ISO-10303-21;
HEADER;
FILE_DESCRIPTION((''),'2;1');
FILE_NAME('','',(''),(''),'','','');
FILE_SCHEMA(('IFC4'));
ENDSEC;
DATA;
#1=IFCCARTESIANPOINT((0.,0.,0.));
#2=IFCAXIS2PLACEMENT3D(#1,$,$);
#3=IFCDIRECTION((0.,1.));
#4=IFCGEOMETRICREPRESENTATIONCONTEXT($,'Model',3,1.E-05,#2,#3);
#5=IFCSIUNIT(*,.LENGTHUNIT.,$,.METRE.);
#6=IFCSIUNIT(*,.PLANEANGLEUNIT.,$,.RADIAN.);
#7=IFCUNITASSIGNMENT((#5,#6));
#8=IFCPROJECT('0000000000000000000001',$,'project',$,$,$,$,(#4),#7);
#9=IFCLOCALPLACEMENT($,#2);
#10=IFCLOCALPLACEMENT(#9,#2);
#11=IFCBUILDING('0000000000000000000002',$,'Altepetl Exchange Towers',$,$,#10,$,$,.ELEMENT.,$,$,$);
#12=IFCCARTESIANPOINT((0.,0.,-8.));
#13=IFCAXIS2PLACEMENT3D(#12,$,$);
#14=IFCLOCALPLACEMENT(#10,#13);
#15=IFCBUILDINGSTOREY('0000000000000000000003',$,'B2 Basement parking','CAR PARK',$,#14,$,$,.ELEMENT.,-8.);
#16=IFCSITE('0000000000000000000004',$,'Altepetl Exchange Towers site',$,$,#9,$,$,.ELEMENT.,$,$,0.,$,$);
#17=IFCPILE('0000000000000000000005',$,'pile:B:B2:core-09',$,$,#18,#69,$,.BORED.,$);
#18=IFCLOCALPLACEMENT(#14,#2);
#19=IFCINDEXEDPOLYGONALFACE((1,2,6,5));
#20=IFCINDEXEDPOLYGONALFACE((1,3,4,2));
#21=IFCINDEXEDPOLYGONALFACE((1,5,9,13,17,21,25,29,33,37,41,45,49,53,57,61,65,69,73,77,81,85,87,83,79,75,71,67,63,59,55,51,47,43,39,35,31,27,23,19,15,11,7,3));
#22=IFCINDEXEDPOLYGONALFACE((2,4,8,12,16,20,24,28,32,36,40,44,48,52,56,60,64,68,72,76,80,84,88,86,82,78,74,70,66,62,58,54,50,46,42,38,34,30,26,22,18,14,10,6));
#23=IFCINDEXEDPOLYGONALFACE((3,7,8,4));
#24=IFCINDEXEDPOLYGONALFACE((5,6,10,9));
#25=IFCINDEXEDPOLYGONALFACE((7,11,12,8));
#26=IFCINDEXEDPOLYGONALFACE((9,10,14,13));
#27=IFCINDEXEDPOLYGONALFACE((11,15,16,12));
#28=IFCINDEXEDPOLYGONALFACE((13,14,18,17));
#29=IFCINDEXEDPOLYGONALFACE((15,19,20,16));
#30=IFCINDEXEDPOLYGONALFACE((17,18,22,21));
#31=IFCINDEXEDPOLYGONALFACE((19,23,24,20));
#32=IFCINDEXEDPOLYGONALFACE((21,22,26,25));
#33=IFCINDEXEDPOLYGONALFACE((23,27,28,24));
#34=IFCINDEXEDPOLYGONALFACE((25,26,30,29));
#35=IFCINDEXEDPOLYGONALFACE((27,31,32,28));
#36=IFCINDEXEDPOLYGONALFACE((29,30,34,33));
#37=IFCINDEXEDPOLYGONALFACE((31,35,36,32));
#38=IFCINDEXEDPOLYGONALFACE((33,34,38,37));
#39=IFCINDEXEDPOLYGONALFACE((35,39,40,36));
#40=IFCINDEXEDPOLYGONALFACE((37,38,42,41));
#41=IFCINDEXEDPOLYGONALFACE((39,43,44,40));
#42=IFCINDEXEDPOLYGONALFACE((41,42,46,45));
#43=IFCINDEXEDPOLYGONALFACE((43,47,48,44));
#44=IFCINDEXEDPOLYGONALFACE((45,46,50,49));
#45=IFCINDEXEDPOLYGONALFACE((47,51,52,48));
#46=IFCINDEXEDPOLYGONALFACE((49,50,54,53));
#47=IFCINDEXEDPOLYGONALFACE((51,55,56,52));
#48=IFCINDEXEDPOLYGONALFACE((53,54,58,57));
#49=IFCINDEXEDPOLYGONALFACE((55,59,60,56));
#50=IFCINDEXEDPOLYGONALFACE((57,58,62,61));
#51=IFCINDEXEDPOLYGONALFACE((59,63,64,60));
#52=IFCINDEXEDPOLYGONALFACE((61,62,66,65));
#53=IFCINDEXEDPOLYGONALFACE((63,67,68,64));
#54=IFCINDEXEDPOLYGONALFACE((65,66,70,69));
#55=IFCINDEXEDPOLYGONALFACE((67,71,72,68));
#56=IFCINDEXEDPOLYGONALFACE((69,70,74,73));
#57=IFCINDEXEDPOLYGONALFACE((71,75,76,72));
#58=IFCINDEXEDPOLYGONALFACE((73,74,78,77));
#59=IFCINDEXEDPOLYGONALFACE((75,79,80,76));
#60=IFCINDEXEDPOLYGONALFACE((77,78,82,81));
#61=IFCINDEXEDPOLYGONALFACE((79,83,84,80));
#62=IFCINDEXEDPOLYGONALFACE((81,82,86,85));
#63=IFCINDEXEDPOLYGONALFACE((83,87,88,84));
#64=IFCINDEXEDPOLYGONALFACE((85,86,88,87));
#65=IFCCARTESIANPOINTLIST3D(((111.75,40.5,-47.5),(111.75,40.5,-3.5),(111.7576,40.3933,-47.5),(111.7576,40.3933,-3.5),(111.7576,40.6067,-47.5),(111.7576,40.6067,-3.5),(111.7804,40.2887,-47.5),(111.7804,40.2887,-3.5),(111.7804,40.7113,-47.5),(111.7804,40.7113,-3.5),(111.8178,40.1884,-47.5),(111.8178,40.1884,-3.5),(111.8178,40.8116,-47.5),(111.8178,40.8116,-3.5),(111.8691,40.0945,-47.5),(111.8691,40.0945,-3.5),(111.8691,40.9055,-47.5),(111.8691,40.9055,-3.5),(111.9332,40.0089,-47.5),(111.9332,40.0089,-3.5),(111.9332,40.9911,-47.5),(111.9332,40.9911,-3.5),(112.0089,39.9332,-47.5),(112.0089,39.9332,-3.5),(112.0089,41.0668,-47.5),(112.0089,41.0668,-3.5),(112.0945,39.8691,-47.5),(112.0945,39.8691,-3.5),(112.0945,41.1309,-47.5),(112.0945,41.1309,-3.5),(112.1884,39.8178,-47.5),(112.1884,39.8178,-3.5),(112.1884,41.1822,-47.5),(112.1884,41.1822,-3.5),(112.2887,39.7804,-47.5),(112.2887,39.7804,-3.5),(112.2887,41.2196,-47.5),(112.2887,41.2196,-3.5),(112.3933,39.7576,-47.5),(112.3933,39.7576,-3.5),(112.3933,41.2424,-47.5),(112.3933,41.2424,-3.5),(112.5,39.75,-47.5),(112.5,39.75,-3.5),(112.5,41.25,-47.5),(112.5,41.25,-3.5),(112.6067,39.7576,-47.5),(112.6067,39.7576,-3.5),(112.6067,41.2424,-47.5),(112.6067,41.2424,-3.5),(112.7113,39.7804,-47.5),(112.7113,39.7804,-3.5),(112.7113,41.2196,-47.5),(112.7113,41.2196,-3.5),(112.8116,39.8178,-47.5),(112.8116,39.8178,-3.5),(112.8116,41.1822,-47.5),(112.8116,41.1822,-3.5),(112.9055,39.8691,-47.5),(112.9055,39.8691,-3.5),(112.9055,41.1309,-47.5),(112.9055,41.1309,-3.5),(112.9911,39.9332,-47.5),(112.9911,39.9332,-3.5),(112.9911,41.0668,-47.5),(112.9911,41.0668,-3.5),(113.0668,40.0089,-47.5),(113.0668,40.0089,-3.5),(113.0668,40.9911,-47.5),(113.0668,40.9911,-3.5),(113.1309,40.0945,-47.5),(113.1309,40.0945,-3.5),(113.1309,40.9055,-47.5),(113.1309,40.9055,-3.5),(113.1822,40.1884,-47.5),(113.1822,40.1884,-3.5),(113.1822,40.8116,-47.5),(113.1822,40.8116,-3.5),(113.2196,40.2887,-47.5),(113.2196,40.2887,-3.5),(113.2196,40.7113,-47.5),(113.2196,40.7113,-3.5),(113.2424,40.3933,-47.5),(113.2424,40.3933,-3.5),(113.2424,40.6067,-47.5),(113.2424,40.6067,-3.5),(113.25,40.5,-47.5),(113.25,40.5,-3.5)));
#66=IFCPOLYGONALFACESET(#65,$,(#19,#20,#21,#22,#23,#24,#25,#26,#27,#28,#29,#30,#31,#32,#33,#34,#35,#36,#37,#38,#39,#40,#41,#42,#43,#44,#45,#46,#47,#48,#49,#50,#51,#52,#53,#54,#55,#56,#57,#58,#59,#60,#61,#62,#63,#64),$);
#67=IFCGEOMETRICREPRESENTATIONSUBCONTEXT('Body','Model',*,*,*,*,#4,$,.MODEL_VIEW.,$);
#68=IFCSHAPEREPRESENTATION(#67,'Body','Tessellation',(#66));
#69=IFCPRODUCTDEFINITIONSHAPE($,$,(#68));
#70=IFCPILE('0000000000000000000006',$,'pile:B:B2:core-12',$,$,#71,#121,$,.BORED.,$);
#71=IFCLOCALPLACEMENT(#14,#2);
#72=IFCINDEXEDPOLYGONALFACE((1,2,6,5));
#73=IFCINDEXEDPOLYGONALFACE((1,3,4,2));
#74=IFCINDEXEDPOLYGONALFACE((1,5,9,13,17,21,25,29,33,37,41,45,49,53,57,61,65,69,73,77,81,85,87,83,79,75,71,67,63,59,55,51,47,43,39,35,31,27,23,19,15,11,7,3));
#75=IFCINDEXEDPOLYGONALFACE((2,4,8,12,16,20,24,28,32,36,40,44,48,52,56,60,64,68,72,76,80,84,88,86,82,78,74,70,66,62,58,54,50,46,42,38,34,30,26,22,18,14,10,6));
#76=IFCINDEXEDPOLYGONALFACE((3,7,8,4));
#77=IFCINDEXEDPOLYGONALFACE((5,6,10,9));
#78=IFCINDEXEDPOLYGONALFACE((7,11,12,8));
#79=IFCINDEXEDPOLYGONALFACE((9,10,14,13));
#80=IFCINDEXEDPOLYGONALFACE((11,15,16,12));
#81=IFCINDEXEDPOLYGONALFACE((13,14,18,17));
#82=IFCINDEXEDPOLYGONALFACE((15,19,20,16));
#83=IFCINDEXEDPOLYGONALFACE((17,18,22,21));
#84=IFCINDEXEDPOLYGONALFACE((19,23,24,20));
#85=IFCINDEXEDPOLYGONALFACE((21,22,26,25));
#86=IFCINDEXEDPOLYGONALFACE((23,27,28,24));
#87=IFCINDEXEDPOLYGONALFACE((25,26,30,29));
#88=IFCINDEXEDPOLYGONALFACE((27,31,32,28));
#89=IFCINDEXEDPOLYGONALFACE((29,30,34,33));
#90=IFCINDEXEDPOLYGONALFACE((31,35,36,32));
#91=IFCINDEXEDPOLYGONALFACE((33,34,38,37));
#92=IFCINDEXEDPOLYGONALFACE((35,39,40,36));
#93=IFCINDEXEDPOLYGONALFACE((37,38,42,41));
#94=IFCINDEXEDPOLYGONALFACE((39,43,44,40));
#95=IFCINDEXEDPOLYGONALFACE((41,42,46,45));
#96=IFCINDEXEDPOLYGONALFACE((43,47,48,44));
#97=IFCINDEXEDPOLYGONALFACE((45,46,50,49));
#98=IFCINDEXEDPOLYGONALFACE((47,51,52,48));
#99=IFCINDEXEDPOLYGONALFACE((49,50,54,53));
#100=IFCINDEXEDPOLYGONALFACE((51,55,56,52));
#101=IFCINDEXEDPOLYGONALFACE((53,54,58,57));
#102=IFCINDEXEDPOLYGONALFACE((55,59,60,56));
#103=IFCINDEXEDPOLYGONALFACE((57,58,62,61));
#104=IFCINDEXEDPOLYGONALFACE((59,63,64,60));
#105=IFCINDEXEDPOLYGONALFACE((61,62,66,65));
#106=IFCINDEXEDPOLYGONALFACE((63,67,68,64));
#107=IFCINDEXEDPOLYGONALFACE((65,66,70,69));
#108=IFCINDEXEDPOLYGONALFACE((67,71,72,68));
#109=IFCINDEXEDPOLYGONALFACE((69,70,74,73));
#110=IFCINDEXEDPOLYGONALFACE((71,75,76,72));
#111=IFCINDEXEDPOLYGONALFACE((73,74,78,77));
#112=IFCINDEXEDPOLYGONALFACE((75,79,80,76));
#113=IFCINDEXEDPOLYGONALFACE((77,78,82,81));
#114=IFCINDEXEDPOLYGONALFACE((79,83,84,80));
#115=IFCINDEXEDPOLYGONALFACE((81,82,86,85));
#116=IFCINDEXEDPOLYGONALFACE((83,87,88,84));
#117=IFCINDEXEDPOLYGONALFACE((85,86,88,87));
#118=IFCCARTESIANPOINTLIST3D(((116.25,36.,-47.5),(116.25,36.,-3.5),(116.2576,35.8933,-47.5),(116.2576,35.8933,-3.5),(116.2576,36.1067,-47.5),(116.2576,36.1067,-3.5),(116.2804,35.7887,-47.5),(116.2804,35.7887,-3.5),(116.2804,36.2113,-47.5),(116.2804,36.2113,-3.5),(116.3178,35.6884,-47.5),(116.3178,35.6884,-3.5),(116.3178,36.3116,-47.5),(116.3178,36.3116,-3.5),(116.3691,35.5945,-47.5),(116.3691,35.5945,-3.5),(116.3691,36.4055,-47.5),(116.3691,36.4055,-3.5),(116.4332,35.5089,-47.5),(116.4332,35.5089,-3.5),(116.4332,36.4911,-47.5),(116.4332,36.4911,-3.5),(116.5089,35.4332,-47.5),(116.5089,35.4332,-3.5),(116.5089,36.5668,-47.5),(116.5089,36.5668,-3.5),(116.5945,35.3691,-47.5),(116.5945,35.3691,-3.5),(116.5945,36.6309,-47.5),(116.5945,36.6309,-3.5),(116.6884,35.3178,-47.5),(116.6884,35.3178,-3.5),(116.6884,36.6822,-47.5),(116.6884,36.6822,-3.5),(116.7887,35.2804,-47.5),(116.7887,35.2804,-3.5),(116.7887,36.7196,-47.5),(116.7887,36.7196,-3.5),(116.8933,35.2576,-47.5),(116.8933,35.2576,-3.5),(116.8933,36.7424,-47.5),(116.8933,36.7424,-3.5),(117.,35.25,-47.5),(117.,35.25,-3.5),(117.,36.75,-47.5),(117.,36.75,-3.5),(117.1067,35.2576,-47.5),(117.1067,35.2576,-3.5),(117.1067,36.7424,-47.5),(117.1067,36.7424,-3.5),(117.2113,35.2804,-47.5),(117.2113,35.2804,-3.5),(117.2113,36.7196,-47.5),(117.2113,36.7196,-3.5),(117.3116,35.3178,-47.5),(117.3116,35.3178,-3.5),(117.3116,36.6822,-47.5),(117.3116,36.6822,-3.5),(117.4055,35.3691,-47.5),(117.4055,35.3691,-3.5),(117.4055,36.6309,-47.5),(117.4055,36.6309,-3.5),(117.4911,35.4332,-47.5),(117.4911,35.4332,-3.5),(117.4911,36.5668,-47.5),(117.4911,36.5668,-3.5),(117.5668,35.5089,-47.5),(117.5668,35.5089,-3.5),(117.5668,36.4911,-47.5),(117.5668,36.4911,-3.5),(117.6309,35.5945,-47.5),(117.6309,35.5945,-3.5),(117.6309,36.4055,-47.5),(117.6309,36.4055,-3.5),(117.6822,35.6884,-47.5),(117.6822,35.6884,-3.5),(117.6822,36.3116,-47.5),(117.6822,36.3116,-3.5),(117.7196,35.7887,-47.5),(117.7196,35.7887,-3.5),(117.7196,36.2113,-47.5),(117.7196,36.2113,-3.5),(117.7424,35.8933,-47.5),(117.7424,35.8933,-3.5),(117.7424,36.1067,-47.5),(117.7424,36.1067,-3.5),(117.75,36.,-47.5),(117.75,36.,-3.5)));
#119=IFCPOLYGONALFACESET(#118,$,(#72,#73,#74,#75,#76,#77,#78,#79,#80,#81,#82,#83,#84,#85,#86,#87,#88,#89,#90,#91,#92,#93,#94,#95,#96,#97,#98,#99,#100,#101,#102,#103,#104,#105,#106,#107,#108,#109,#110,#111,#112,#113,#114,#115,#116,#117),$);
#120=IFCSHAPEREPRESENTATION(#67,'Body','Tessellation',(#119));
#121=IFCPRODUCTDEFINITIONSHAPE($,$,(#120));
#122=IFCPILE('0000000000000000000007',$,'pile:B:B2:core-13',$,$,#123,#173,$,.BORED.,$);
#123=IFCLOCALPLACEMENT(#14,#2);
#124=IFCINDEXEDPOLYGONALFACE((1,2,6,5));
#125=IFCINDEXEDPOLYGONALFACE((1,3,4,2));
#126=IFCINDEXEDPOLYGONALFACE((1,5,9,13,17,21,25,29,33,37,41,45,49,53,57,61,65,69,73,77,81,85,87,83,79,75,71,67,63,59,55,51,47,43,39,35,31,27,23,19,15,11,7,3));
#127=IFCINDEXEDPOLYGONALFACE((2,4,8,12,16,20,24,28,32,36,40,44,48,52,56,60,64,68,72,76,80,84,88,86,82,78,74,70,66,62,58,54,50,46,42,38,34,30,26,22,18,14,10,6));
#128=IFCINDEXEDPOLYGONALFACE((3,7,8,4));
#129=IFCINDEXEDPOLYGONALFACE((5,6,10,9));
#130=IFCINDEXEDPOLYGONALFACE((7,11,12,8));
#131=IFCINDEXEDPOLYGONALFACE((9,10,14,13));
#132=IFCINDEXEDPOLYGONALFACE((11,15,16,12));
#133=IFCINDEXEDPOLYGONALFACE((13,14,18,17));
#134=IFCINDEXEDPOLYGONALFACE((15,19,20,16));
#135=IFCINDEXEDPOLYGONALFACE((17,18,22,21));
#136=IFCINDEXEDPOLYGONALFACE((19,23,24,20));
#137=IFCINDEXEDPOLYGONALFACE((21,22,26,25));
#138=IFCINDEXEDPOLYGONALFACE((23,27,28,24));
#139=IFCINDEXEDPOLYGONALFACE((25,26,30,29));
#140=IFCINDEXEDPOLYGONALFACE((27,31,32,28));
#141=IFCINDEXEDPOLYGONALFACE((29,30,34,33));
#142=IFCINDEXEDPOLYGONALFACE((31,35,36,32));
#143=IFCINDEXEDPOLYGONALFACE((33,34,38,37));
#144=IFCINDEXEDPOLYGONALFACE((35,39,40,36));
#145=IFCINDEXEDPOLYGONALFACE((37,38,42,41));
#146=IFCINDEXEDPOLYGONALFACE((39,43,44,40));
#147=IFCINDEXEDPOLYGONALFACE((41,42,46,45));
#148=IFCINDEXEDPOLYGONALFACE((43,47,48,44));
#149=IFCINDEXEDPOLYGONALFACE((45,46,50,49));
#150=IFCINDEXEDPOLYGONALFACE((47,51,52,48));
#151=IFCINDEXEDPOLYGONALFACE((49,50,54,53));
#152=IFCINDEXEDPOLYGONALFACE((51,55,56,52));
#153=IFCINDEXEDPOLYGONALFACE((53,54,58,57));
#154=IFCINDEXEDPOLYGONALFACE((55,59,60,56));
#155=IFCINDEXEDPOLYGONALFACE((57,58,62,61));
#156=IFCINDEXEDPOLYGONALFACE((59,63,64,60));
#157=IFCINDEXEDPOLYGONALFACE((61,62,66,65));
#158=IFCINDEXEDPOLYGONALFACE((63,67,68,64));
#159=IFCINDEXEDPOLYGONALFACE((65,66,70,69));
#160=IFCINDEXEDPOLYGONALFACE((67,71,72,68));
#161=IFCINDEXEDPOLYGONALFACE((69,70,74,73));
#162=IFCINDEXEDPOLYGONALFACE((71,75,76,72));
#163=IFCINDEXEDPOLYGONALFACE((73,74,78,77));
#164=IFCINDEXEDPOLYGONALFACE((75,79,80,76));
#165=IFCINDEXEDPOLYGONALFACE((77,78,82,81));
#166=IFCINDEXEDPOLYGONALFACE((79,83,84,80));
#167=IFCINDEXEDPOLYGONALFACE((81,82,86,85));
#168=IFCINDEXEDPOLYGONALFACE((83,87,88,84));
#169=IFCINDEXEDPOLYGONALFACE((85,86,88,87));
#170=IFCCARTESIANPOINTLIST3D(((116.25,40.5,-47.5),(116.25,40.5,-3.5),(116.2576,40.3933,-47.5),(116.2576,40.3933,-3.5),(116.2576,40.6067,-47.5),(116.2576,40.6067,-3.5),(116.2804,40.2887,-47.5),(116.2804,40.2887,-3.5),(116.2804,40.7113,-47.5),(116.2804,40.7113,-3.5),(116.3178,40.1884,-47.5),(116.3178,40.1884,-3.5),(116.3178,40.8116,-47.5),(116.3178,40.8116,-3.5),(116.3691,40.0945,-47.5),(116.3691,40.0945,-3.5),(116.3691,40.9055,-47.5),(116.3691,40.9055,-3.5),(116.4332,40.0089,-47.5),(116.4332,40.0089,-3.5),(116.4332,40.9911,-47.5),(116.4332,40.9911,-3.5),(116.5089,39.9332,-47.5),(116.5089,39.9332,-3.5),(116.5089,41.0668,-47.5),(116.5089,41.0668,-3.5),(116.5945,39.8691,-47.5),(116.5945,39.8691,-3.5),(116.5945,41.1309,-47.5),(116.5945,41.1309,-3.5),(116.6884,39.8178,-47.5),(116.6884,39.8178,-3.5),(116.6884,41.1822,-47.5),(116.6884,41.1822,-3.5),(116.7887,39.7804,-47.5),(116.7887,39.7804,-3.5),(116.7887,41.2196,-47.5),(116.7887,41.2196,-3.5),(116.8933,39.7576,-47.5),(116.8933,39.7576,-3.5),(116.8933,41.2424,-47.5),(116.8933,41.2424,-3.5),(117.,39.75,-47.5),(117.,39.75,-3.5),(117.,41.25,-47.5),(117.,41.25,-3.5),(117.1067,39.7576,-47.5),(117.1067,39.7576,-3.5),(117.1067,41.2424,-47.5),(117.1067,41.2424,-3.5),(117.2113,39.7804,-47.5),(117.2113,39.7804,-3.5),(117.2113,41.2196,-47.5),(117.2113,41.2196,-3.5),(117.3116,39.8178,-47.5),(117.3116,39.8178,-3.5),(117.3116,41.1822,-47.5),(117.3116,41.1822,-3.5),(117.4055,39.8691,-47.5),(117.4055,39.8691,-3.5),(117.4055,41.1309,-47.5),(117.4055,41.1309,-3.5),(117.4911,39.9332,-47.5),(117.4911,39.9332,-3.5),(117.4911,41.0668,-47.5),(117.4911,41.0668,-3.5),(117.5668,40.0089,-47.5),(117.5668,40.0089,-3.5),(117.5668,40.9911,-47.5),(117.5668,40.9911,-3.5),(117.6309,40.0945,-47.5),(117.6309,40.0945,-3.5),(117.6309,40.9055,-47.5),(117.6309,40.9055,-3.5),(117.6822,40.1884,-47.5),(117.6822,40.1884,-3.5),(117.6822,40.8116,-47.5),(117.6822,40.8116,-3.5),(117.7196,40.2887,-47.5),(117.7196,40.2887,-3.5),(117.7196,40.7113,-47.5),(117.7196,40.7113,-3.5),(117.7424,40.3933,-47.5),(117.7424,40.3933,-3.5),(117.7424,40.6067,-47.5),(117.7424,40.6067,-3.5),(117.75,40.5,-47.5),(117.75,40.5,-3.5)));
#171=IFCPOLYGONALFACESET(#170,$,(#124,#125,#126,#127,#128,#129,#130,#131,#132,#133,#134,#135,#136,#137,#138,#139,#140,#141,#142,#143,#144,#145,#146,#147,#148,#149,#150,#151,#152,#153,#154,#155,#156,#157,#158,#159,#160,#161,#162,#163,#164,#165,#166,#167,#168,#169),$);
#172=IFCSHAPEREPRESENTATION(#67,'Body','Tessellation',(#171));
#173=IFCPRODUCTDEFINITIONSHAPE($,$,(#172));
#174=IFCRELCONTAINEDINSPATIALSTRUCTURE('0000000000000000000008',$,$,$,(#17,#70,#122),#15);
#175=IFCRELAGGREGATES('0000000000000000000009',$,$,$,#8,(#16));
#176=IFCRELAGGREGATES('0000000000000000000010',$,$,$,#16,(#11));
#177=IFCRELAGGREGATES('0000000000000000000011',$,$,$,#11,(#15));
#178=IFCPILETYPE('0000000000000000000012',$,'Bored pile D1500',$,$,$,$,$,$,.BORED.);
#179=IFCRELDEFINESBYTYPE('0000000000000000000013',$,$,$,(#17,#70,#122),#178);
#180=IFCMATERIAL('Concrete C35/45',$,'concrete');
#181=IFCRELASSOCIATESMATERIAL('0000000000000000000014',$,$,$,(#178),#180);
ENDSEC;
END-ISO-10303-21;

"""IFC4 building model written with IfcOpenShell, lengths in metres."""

from ifc_helpers import new_model, si_unit, direction, frame, origin, origin_2d, place, context, subcontext, project, spatial, circle, extrude, material, material_profile, profile_set, type_object, element, save


model = new_model("IFC4")

# Units and contexts
model_context = context("Model", 3, precision=1e-05, world=origin(), true_north=direction((0.0, 1.0)))
body_context = subcontext(model_context, "Body", "Model", "MODEL_VIEW")
ifc_project = project(units=[si_unit("LENGTHUNIT", "METRE"), si_unit("PLANEANGLEUNIT", "RADIAN")], contexts=[model_context])

# Site, building, storey
site_placement = place(None, origin())
site = spatial("IfcSite", under=ifc_project, at=site_placement, Name="Altepetl Exchange Towers site", CompositionType="ELEMENT", RefElevation=0.0)
building_placement = place(site_placement, origin())
building = spatial("IfcBuilding", under=site, at=building_placement, Name="Altepetl Exchange Towers", CompositionType="ELEMENT")
storey_placement = place(building_placement, frame((0.0, 0.0, -8.0)))
storey = spatial("IfcBuildingStorey", under=building, at=storey_placement, Name="B2 Basement parking", Description="CAR PARK", CompositionType="ELEMENT", Elevation=-8.0)

# Piles
ifc_material_1 = material(Name="Concrete C35/45", Category="concrete")
ifc_material_profile = material_profile(ifc_material_1, circle(Radius=0.75, at=origin_2d()), Name="D1500")
ifc_profile_set = profile_set([ifc_material_profile], Name="Concrete C35/45")
pile_type = type_object("IfcPileType", Name="Bored pile D1500", PredefinedType="BORED", material=ifc_profile_set)
for number, where, z_axis, x_axis, name in (
    (1, (112.5, 40.5, -3.5), (0.0, 0.0, -1.0), (1.0, 0.0, 0.0), "pile:B:B2:core-09"),
    (2, (117.0, 36.0, -3.5), (0.0, 0.0, -1.0), (1.0, 0.0, 0.0), "pile:B:B2:core-12"),
    (3, (117.0, 40.5, -3.5), (0.0, 0.0, -1.0), (1.0, 0.0, 0.0), "pile:B:B2:core-13"),
):
    element("IfcPile", number, at=place(storey_placement, frame(where, z_axis=z_axis, x_axis=x_axis)), inside=storey, type_object=pile_type, Name=name, PredefinedType="BORED", context=body_context, shape_type="SweptSolid", body=[
        extrude(circle(Radius=0.75, at=origin_2d()), origin(), (0.0, 0.0, 1.0), 44.0),
    ])

save(model, "model.ifc")
